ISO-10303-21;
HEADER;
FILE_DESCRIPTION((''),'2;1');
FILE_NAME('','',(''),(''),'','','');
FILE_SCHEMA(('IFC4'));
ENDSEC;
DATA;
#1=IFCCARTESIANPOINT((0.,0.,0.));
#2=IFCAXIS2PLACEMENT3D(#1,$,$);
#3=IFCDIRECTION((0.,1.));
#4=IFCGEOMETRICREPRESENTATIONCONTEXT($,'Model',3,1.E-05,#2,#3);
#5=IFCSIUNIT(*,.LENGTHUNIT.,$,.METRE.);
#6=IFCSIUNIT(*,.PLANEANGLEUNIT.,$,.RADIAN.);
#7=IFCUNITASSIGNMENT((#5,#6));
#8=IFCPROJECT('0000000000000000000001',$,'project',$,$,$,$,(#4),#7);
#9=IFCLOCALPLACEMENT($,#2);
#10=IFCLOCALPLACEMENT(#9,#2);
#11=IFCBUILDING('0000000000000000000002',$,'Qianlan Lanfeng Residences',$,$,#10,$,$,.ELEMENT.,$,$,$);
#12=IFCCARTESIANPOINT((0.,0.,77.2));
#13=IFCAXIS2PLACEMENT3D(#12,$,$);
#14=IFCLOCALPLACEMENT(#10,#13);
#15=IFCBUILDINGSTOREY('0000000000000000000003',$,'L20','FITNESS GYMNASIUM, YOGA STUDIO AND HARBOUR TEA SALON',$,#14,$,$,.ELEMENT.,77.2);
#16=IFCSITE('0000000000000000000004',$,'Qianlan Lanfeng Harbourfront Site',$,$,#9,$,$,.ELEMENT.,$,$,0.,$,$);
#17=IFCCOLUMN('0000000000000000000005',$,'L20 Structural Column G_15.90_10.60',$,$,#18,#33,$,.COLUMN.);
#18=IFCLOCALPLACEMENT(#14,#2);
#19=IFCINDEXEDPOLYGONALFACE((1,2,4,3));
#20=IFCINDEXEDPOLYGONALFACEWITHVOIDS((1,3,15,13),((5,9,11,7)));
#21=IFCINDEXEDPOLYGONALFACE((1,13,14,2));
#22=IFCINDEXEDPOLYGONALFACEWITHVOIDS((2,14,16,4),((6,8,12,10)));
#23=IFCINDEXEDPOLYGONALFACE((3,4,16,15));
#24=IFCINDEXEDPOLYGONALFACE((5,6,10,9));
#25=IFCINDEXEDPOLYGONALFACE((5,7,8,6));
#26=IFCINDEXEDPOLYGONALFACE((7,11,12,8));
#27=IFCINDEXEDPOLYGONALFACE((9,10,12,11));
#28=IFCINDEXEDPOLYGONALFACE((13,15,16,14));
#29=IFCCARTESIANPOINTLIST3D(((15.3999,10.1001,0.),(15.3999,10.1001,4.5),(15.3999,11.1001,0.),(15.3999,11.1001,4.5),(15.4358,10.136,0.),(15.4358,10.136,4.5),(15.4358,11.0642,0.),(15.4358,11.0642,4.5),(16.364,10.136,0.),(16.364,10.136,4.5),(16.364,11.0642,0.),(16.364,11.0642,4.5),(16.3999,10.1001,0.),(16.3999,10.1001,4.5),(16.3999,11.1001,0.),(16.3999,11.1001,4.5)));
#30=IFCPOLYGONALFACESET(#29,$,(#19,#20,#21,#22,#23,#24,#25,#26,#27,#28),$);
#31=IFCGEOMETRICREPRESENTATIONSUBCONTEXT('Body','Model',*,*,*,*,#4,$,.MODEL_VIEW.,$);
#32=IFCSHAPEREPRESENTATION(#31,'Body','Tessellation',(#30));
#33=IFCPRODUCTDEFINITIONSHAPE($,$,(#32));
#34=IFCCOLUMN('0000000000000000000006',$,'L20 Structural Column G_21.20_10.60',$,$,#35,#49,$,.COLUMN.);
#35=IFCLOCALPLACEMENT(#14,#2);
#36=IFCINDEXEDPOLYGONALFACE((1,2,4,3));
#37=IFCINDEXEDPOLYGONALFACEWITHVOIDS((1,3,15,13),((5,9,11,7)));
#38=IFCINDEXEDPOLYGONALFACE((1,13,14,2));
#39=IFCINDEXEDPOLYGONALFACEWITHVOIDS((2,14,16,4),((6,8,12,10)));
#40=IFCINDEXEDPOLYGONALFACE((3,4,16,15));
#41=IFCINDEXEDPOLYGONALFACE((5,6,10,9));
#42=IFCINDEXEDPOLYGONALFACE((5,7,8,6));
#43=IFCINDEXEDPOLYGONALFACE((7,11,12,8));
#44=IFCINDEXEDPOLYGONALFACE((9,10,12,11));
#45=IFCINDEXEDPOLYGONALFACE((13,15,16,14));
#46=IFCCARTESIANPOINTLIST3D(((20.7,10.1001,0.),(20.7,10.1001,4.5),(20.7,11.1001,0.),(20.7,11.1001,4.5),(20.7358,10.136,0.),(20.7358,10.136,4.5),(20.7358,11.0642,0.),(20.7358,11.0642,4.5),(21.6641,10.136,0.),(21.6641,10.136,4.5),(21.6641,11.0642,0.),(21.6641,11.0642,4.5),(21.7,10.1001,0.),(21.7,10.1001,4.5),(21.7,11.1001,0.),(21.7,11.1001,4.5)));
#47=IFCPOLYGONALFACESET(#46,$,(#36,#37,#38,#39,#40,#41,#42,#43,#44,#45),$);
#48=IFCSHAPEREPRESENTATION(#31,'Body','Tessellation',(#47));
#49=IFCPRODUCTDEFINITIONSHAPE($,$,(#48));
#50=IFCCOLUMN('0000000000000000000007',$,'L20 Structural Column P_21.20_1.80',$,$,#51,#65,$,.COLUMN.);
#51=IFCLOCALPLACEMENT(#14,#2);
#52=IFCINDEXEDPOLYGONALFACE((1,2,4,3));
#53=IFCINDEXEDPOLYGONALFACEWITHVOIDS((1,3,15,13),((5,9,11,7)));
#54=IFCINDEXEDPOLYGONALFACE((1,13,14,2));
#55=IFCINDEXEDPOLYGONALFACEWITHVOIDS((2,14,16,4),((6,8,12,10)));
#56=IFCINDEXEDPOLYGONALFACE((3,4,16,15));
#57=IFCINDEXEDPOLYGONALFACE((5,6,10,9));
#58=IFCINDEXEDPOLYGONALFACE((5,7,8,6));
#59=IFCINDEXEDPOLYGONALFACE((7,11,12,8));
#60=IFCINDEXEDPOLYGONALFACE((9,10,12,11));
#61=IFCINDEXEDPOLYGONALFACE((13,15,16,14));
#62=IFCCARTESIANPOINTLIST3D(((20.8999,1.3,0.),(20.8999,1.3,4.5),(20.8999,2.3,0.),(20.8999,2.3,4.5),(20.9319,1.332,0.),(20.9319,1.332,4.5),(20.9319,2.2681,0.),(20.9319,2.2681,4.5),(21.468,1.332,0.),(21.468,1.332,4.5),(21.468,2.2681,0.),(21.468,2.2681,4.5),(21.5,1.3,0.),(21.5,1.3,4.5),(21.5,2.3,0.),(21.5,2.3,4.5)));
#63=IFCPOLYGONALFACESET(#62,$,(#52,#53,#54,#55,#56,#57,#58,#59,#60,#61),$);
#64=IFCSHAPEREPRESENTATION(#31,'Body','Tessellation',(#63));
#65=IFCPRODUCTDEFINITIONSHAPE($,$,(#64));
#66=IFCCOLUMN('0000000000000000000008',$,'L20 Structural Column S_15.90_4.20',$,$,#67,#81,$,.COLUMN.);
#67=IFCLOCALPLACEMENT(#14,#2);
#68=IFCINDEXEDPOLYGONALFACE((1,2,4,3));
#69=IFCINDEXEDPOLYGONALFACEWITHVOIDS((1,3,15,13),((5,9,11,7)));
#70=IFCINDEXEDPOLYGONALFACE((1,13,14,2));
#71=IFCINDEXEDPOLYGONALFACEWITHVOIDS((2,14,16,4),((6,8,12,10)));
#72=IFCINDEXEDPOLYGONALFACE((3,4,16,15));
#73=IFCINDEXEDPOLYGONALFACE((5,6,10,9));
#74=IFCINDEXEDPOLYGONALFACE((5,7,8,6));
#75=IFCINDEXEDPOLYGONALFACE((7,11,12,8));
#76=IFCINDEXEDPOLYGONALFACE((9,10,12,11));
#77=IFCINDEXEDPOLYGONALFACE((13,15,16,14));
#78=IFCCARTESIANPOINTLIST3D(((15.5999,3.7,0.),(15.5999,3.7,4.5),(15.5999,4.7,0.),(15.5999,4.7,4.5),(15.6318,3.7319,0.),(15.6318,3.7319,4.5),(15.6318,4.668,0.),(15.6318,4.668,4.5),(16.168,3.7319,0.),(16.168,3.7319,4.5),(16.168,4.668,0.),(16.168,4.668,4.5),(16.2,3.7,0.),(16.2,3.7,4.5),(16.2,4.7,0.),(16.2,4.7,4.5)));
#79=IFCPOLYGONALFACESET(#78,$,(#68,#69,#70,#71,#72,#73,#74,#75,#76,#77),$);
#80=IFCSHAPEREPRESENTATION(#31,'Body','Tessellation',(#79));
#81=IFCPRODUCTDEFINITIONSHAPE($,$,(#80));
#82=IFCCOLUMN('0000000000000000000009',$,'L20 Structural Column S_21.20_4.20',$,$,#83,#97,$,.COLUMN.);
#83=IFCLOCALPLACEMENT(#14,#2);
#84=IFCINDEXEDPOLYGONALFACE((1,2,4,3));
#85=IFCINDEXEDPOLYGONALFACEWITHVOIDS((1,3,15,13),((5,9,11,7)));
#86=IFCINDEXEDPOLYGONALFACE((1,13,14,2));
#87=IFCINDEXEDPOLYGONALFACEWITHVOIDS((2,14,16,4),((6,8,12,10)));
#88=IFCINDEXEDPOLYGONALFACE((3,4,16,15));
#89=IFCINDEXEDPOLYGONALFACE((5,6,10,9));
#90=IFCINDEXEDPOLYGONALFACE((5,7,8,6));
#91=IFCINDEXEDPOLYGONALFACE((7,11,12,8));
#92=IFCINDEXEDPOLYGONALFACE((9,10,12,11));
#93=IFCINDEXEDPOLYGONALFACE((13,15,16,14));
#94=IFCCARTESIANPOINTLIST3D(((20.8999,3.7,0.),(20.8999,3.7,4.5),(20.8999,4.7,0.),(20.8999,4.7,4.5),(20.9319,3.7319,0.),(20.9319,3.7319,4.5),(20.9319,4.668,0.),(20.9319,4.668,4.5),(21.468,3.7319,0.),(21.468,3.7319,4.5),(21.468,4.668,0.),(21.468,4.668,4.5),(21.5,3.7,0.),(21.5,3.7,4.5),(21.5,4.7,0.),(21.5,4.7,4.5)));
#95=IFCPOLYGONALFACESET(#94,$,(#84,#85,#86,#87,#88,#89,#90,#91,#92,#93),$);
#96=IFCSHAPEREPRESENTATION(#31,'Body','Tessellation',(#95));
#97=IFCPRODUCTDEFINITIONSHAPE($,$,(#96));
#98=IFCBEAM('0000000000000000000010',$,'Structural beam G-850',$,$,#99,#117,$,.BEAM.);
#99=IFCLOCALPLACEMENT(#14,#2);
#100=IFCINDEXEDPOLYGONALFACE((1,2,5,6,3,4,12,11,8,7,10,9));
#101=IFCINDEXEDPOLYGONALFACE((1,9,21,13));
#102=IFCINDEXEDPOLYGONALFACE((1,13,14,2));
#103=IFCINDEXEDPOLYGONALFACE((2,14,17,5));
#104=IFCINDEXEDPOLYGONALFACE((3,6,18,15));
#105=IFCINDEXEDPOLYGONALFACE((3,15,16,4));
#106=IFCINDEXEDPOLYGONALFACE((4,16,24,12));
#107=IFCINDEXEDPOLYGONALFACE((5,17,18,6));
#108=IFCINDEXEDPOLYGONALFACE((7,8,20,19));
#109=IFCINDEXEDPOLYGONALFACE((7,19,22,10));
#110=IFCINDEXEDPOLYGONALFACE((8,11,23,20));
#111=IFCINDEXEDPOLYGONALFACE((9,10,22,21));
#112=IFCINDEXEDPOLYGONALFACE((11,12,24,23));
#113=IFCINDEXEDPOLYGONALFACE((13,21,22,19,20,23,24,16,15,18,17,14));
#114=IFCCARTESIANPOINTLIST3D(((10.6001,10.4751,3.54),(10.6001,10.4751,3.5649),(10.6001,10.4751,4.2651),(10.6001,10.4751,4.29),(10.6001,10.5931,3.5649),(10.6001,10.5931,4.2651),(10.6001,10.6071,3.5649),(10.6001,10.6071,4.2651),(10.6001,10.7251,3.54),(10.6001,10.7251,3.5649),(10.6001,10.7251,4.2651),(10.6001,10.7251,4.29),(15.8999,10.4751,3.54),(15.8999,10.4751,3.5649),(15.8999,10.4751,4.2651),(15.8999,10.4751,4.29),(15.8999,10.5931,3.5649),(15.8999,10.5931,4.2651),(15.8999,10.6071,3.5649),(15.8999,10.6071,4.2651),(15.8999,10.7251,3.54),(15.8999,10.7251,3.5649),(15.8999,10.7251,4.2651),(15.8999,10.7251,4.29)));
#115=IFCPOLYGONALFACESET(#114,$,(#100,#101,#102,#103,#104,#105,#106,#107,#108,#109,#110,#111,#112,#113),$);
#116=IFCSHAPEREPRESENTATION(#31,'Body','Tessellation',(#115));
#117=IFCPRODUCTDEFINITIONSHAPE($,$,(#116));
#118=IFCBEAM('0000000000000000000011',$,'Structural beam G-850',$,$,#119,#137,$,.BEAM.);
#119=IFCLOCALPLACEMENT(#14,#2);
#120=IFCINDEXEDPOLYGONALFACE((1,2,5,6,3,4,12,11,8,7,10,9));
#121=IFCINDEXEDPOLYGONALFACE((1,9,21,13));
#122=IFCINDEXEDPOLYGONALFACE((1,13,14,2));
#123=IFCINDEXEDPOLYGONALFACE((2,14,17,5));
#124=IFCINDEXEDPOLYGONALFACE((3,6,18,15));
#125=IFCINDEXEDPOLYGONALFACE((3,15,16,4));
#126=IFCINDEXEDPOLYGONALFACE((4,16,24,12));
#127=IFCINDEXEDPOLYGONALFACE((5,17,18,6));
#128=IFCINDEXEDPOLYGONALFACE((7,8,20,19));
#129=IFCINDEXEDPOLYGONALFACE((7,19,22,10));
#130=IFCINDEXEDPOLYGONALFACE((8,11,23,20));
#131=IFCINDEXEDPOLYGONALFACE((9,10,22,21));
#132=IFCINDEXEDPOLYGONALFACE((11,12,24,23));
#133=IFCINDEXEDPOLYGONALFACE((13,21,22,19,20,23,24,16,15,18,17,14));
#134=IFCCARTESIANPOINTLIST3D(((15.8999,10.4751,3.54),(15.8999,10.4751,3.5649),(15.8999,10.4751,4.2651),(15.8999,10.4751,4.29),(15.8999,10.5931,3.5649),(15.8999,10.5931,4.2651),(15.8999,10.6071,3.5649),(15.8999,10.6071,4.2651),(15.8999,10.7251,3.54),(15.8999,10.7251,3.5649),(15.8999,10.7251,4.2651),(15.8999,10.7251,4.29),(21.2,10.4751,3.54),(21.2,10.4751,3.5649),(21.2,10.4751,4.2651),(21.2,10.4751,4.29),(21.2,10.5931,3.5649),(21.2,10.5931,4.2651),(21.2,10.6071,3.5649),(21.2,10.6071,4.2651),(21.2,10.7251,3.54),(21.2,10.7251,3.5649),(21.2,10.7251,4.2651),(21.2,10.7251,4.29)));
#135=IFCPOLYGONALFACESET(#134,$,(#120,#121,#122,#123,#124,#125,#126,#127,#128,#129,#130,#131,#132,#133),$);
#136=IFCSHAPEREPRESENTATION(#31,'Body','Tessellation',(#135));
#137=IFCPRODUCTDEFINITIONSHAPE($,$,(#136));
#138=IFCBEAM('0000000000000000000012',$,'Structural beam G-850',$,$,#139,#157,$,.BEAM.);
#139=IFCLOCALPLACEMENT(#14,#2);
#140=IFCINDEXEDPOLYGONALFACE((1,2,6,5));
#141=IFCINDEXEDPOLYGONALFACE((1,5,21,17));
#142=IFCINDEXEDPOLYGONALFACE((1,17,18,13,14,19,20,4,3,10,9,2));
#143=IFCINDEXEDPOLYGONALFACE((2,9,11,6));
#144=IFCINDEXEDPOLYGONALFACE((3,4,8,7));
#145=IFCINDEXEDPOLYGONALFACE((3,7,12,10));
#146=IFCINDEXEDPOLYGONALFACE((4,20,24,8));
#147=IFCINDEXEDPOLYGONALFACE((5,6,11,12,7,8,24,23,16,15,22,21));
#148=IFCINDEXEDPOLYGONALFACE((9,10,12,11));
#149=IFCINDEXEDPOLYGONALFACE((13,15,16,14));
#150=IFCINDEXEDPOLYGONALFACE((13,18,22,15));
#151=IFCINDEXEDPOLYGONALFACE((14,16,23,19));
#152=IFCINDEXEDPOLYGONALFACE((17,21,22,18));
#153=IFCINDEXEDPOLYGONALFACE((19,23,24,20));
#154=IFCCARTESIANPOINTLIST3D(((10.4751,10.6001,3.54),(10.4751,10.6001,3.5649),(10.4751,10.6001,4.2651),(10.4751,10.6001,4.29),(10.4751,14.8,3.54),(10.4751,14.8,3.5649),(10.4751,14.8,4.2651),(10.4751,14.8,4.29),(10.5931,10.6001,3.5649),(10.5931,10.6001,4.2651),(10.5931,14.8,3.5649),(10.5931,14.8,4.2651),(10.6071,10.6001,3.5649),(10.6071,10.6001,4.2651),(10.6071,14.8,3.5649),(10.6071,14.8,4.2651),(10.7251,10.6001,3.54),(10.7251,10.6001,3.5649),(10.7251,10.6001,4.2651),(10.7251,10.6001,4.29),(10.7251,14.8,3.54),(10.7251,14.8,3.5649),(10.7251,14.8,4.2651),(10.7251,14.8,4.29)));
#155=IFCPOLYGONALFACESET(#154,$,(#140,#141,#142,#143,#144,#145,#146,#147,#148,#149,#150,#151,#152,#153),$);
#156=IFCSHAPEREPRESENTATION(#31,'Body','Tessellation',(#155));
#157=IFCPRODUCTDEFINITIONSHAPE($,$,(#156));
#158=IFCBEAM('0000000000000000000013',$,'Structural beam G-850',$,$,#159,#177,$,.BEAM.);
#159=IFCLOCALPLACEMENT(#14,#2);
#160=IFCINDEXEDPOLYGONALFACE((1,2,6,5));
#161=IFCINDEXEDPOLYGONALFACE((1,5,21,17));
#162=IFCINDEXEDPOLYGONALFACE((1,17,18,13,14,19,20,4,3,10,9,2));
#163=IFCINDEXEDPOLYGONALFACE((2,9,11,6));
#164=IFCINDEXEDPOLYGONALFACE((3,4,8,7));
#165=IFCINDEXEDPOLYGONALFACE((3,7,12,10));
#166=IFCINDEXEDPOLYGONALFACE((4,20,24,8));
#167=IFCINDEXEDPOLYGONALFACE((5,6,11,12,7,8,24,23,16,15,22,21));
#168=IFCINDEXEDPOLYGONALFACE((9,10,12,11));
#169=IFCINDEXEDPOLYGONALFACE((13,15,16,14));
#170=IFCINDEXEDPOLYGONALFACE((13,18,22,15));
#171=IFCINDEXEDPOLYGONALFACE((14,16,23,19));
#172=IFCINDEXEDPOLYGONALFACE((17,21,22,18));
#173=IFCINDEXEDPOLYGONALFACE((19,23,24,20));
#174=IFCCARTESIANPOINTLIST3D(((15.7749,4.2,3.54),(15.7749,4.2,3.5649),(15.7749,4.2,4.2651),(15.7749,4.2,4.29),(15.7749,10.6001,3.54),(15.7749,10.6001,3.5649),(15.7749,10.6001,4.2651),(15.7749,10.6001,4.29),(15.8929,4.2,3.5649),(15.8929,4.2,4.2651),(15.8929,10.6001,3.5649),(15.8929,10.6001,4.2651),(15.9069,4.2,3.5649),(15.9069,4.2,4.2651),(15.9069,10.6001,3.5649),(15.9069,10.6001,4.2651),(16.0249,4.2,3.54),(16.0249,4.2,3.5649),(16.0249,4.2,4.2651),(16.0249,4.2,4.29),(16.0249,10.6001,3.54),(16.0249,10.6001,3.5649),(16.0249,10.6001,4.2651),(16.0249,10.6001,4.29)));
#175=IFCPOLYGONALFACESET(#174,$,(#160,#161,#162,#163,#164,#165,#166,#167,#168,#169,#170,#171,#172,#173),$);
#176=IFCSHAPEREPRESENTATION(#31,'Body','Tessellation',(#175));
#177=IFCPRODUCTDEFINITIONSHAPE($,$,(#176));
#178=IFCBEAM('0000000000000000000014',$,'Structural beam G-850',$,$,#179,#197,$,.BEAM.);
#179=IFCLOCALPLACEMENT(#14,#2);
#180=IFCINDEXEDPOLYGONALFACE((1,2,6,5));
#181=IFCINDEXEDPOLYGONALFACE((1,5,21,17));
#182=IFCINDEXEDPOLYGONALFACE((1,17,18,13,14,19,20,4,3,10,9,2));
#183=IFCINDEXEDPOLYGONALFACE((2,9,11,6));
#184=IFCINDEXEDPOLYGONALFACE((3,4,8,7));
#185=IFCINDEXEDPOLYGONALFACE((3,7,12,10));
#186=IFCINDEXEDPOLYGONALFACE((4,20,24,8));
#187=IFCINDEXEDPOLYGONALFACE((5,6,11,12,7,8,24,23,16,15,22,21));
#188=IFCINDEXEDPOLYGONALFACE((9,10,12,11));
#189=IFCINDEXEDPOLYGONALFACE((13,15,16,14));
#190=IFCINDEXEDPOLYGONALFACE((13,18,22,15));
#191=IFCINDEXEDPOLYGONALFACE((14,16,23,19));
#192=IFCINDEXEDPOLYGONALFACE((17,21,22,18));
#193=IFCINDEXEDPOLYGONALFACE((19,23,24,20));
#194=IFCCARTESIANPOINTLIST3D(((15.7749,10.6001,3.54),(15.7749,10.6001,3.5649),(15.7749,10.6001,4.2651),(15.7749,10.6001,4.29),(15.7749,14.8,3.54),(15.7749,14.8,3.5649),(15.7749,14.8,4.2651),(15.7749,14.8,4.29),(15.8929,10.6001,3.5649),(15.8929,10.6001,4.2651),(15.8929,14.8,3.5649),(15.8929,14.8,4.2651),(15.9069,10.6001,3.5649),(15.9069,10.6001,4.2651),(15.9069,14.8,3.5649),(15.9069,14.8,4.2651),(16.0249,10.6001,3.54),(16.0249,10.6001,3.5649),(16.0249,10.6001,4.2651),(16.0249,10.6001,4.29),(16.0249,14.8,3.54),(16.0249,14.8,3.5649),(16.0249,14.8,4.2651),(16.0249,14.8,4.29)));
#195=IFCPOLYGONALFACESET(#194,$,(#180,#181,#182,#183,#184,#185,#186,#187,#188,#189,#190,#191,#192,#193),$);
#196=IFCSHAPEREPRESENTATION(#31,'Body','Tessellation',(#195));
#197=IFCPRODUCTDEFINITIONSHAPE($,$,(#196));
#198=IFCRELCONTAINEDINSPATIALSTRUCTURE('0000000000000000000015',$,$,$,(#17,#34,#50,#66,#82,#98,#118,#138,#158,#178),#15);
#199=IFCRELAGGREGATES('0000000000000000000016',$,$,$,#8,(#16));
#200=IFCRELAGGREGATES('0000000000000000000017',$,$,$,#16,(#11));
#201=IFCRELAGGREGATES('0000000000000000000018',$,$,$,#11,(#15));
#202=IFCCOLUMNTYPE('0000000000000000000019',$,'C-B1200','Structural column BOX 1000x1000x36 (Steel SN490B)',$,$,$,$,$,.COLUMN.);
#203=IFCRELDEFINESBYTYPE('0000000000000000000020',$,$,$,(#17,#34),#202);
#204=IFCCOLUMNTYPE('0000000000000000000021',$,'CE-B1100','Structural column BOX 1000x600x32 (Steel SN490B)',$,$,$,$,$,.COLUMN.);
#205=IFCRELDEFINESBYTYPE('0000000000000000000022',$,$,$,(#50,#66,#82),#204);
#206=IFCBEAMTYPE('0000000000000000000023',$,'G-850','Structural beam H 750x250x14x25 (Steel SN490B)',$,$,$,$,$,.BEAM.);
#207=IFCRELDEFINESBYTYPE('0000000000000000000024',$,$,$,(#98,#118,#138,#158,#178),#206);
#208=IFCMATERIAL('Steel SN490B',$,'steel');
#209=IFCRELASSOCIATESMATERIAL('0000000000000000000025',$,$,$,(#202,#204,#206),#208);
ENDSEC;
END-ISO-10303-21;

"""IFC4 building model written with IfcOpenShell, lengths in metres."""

from ifc_helpers import new_model, si_unit, direction, frame, origin, origin_2d, place, context, subcontext, project, spatial, hollow_rectangle, i_section, extrude, material, material_profile, profile_set, type_object, element, save


model = new_model("IFC4")

# Units and contexts
model_context = context("Model", 3, precision=1e-05, world=origin(), true_north=direction((0.0, 1.0)))
body_context = subcontext(model_context, "Body", "Model", "MODEL_VIEW")
ifc_project = project(units=[si_unit("LENGTHUNIT", "METRE"), si_unit("PLANEANGLEUNIT", "RADIAN")], contexts=[model_context])

# Site, building, storey
site_placement = place(None, origin())
site = spatial("IfcSite", under=ifc_project, at=site_placement, Name="Qianlan Lanfeng Harbourfront Site", CompositionType="ELEMENT", RefElevation=0.0)
building_placement = place(site_placement, origin())
building = spatial("IfcBuilding", under=site, at=building_placement, Name="Qianlan Lanfeng Residences", CompositionType="ELEMENT")
storey_placement = place(building_placement, frame((0.0, 0.0, 77.2)))
storey = spatial("IfcBuildingStorey", under=building, at=storey_placement, Name="L20", Description="FITNESS GYMNASIUM, YOGA STUDIO AND HARBOUR TEA SALON", CompositionType="ELEMENT", Elevation=77.2)

# Columns
ifc_material_1 = material(Name="Steel SN490B", Category="steel")
ifc_material_profile_1 = material_profile(ifc_material_1, hollow_rectangle(XDim=1.0, YDim=1.0, WallThickness=0.0359, at=origin_2d()), Name="BOX 1000x1000x36")
ifc_profile_set_1 = profile_set([ifc_material_profile_1], Name="Steel SN490B")
column_type_1 = type_object("IfcColumnType", Name="C-B1200", Description="Structural column BOX 1000x1000x36 (Steel SN490B)", PredefinedType="COLUMN", material=ifc_profile_set_1)
for number, where, z_axis, x_axis, name in (
    (1, (15.8999, 10.6001, 0.0), (0.0, 0.0, 1.0), (1.0, 0.0, 0.0), "L20 Structural Column G_15.90_10.60"),
    (2, (21.2, 10.6001, 0.0), (0.0, 0.0, 1.0), (1.0, 0.0, 0.0), "L20 Structural Column G_21.20_10.60"),
):
    element("IfcColumn", number, at=place(storey_placement, frame(where, z_axis=z_axis, x_axis=x_axis)), inside=storey, type_object=column_type_1, Name=name, PredefinedType="COLUMN", context=body_context, shape_type="SweptSolid", body=[
        extrude(hollow_rectangle(XDim=1.0, YDim=1.0, WallThickness=0.0359, at=origin_2d()), origin(), (0.0, 0.0, 1.0), 4.5),
    ])
ifc_material_profile_2 = material_profile(ifc_material_1, hollow_rectangle(XDim=0.6001, YDim=1.0, WallThickness=0.032, at=origin_2d()), Name="BOX 1000x600x32")
ifc_profile_set_2 = profile_set([ifc_material_profile_2], Name="Steel SN490B")
column_type_2 = type_object("IfcColumnType", Name="CE-B1100", Description="Structural column BOX 1000x600x32 (Steel SN490B)", PredefinedType="COLUMN", material=ifc_profile_set_2)
for number, where, z_axis, x_axis, name in (
    (3, (21.2, 1.8, 0.0), (0.0, 0.0, 1.0), (1.0, 0.0, 0.0), "L20 Structural Column P_21.20_1.80"),
    (4, (15.8999, 4.2, 0.0), (0.0, 0.0, 1.0), (1.0, 0.0, 0.0), "L20 Structural Column S_15.90_4.20"),
    (5, (21.2, 4.2, 0.0), (0.0, 0.0, 1.0), (1.0, 0.0, 0.0), "L20 Structural Column S_21.20_4.20"),
):
    element("IfcColumn", number, at=place(storey_placement, frame(where, z_axis=z_axis, x_axis=x_axis)), inside=storey, type_object=column_type_2, Name=name, PredefinedType="COLUMN", context=body_context, shape_type="SweptSolid", body=[
        extrude(hollow_rectangle(XDim=0.6001, YDim=1.0, WallThickness=0.032, at=origin_2d()), origin(), (0.0, 0.0, 1.0), 4.5),
    ])

# Beams
ifc_material_profile_3 = material_profile(ifc_material_1, i_section(OverallWidth=0.25, OverallDepth=0.75, WebThickness=0.0139, FlangeThickness=0.0249, at=origin_2d()), Name="H 750x250x14x25")
ifc_profile_set_3 = profile_set([ifc_material_profile_3], Name="Steel SN490B")
beam_type_1 = type_object("IfcBeamType", Name="G-850", Description="Structural beam H 750x250x14x25 (Steel SN490B)", PredefinedType="BEAM", material=ifc_profile_set_3)
beam_1_placement = place(storey_placement, frame((10.6001, 10.6001, 3.915), z_axis=(1.0, 0.0, 0.0), x_axis=(0.0, 1.0, 0.0)))
element("IfcBeam", 6, at=beam_1_placement, inside=storey, type_object=beam_type_1, Name="Structural beam G-850", PredefinedType="BEAM", context=body_context, shape_type="SweptSolid", body=[
    extrude(i_section(OverallWidth=0.25, OverallDepth=0.75, WebThickness=0.0139, FlangeThickness=0.0249, at=origin_2d()), origin(), (0.0, 0.0, 1.0), 5.2998),
])
beam_2_placement = place(storey_placement, frame((15.8999, 10.6001, 3.915), z_axis=(1.0, 0.0, 0.0), x_axis=(0.0, 1.0, 0.0)))
element("IfcBeam", 7, at=beam_2_placement, inside=storey, type_object=beam_type_1, Name="Structural beam G-850", PredefinedType="BEAM", context=body_context, shape_type="SweptSolid", body=[
    extrude(i_section(OverallWidth=0.25, OverallDepth=0.75, WebThickness=0.0139, FlangeThickness=0.0249, at=origin_2d()), origin(), (0.0, 0.0, 1.0), 5.3),
])
beam_3_placement = place(storey_placement, frame((10.6001, 10.6001, 3.915), z_axis=(0.0, 1.0, 0.0), x_axis=(-1.0, 0.0, 0.0)))
element("IfcBeam", 8, at=beam_3_placement, inside=storey, type_object=beam_type_1, Name="Structural beam G-850", PredefinedType="BEAM", context=body_context, shape_type="SweptSolid", body=[
    extrude(i_section(OverallWidth=0.25, OverallDepth=0.75, WebThickness=0.0139, FlangeThickness=0.0249, at=origin_2d()), origin(), (0.0, 0.0, 1.0), 4.2),
])
beam_4_placement = place(storey_placement, frame((15.8999, 4.2, 3.915), z_axis=(0.0, 1.0, 0.0), x_axis=(-1.0, 0.0, 0.0)))
element("IfcBeam", 9, at=beam_4_placement, inside=storey, type_object=beam_type_1, Name="Structural beam G-850", PredefinedType="BEAM", context=body_context, shape_type="SweptSolid", body=[
    extrude(i_section(OverallWidth=0.25, OverallDepth=0.75, WebThickness=0.0139, FlangeThickness=0.0249, at=origin_2d()), origin(), (0.0, 0.0, 1.0), 6.4001),
])
beam_5_placement = place(storey_placement, frame((15.8999, 10.6001, 3.915), z_axis=(0.0, 1.0, 0.0), x_axis=(-1.0, 0.0, 0.0)))
element("IfcBeam", 10, at=beam_5_placement, inside=storey, type_object=beam_type_1, Name="Structural beam G-850", PredefinedType="BEAM", context=body_context, shape_type="SweptSolid", body=[
    extrude(i_section(OverallWidth=0.25, OverallDepth=0.75, WebThickness=0.0139, FlangeThickness=0.0249, at=origin_2d()), origin(), (0.0, 0.0, 1.0), 4.2),
])

save(model, "model.ifc")
